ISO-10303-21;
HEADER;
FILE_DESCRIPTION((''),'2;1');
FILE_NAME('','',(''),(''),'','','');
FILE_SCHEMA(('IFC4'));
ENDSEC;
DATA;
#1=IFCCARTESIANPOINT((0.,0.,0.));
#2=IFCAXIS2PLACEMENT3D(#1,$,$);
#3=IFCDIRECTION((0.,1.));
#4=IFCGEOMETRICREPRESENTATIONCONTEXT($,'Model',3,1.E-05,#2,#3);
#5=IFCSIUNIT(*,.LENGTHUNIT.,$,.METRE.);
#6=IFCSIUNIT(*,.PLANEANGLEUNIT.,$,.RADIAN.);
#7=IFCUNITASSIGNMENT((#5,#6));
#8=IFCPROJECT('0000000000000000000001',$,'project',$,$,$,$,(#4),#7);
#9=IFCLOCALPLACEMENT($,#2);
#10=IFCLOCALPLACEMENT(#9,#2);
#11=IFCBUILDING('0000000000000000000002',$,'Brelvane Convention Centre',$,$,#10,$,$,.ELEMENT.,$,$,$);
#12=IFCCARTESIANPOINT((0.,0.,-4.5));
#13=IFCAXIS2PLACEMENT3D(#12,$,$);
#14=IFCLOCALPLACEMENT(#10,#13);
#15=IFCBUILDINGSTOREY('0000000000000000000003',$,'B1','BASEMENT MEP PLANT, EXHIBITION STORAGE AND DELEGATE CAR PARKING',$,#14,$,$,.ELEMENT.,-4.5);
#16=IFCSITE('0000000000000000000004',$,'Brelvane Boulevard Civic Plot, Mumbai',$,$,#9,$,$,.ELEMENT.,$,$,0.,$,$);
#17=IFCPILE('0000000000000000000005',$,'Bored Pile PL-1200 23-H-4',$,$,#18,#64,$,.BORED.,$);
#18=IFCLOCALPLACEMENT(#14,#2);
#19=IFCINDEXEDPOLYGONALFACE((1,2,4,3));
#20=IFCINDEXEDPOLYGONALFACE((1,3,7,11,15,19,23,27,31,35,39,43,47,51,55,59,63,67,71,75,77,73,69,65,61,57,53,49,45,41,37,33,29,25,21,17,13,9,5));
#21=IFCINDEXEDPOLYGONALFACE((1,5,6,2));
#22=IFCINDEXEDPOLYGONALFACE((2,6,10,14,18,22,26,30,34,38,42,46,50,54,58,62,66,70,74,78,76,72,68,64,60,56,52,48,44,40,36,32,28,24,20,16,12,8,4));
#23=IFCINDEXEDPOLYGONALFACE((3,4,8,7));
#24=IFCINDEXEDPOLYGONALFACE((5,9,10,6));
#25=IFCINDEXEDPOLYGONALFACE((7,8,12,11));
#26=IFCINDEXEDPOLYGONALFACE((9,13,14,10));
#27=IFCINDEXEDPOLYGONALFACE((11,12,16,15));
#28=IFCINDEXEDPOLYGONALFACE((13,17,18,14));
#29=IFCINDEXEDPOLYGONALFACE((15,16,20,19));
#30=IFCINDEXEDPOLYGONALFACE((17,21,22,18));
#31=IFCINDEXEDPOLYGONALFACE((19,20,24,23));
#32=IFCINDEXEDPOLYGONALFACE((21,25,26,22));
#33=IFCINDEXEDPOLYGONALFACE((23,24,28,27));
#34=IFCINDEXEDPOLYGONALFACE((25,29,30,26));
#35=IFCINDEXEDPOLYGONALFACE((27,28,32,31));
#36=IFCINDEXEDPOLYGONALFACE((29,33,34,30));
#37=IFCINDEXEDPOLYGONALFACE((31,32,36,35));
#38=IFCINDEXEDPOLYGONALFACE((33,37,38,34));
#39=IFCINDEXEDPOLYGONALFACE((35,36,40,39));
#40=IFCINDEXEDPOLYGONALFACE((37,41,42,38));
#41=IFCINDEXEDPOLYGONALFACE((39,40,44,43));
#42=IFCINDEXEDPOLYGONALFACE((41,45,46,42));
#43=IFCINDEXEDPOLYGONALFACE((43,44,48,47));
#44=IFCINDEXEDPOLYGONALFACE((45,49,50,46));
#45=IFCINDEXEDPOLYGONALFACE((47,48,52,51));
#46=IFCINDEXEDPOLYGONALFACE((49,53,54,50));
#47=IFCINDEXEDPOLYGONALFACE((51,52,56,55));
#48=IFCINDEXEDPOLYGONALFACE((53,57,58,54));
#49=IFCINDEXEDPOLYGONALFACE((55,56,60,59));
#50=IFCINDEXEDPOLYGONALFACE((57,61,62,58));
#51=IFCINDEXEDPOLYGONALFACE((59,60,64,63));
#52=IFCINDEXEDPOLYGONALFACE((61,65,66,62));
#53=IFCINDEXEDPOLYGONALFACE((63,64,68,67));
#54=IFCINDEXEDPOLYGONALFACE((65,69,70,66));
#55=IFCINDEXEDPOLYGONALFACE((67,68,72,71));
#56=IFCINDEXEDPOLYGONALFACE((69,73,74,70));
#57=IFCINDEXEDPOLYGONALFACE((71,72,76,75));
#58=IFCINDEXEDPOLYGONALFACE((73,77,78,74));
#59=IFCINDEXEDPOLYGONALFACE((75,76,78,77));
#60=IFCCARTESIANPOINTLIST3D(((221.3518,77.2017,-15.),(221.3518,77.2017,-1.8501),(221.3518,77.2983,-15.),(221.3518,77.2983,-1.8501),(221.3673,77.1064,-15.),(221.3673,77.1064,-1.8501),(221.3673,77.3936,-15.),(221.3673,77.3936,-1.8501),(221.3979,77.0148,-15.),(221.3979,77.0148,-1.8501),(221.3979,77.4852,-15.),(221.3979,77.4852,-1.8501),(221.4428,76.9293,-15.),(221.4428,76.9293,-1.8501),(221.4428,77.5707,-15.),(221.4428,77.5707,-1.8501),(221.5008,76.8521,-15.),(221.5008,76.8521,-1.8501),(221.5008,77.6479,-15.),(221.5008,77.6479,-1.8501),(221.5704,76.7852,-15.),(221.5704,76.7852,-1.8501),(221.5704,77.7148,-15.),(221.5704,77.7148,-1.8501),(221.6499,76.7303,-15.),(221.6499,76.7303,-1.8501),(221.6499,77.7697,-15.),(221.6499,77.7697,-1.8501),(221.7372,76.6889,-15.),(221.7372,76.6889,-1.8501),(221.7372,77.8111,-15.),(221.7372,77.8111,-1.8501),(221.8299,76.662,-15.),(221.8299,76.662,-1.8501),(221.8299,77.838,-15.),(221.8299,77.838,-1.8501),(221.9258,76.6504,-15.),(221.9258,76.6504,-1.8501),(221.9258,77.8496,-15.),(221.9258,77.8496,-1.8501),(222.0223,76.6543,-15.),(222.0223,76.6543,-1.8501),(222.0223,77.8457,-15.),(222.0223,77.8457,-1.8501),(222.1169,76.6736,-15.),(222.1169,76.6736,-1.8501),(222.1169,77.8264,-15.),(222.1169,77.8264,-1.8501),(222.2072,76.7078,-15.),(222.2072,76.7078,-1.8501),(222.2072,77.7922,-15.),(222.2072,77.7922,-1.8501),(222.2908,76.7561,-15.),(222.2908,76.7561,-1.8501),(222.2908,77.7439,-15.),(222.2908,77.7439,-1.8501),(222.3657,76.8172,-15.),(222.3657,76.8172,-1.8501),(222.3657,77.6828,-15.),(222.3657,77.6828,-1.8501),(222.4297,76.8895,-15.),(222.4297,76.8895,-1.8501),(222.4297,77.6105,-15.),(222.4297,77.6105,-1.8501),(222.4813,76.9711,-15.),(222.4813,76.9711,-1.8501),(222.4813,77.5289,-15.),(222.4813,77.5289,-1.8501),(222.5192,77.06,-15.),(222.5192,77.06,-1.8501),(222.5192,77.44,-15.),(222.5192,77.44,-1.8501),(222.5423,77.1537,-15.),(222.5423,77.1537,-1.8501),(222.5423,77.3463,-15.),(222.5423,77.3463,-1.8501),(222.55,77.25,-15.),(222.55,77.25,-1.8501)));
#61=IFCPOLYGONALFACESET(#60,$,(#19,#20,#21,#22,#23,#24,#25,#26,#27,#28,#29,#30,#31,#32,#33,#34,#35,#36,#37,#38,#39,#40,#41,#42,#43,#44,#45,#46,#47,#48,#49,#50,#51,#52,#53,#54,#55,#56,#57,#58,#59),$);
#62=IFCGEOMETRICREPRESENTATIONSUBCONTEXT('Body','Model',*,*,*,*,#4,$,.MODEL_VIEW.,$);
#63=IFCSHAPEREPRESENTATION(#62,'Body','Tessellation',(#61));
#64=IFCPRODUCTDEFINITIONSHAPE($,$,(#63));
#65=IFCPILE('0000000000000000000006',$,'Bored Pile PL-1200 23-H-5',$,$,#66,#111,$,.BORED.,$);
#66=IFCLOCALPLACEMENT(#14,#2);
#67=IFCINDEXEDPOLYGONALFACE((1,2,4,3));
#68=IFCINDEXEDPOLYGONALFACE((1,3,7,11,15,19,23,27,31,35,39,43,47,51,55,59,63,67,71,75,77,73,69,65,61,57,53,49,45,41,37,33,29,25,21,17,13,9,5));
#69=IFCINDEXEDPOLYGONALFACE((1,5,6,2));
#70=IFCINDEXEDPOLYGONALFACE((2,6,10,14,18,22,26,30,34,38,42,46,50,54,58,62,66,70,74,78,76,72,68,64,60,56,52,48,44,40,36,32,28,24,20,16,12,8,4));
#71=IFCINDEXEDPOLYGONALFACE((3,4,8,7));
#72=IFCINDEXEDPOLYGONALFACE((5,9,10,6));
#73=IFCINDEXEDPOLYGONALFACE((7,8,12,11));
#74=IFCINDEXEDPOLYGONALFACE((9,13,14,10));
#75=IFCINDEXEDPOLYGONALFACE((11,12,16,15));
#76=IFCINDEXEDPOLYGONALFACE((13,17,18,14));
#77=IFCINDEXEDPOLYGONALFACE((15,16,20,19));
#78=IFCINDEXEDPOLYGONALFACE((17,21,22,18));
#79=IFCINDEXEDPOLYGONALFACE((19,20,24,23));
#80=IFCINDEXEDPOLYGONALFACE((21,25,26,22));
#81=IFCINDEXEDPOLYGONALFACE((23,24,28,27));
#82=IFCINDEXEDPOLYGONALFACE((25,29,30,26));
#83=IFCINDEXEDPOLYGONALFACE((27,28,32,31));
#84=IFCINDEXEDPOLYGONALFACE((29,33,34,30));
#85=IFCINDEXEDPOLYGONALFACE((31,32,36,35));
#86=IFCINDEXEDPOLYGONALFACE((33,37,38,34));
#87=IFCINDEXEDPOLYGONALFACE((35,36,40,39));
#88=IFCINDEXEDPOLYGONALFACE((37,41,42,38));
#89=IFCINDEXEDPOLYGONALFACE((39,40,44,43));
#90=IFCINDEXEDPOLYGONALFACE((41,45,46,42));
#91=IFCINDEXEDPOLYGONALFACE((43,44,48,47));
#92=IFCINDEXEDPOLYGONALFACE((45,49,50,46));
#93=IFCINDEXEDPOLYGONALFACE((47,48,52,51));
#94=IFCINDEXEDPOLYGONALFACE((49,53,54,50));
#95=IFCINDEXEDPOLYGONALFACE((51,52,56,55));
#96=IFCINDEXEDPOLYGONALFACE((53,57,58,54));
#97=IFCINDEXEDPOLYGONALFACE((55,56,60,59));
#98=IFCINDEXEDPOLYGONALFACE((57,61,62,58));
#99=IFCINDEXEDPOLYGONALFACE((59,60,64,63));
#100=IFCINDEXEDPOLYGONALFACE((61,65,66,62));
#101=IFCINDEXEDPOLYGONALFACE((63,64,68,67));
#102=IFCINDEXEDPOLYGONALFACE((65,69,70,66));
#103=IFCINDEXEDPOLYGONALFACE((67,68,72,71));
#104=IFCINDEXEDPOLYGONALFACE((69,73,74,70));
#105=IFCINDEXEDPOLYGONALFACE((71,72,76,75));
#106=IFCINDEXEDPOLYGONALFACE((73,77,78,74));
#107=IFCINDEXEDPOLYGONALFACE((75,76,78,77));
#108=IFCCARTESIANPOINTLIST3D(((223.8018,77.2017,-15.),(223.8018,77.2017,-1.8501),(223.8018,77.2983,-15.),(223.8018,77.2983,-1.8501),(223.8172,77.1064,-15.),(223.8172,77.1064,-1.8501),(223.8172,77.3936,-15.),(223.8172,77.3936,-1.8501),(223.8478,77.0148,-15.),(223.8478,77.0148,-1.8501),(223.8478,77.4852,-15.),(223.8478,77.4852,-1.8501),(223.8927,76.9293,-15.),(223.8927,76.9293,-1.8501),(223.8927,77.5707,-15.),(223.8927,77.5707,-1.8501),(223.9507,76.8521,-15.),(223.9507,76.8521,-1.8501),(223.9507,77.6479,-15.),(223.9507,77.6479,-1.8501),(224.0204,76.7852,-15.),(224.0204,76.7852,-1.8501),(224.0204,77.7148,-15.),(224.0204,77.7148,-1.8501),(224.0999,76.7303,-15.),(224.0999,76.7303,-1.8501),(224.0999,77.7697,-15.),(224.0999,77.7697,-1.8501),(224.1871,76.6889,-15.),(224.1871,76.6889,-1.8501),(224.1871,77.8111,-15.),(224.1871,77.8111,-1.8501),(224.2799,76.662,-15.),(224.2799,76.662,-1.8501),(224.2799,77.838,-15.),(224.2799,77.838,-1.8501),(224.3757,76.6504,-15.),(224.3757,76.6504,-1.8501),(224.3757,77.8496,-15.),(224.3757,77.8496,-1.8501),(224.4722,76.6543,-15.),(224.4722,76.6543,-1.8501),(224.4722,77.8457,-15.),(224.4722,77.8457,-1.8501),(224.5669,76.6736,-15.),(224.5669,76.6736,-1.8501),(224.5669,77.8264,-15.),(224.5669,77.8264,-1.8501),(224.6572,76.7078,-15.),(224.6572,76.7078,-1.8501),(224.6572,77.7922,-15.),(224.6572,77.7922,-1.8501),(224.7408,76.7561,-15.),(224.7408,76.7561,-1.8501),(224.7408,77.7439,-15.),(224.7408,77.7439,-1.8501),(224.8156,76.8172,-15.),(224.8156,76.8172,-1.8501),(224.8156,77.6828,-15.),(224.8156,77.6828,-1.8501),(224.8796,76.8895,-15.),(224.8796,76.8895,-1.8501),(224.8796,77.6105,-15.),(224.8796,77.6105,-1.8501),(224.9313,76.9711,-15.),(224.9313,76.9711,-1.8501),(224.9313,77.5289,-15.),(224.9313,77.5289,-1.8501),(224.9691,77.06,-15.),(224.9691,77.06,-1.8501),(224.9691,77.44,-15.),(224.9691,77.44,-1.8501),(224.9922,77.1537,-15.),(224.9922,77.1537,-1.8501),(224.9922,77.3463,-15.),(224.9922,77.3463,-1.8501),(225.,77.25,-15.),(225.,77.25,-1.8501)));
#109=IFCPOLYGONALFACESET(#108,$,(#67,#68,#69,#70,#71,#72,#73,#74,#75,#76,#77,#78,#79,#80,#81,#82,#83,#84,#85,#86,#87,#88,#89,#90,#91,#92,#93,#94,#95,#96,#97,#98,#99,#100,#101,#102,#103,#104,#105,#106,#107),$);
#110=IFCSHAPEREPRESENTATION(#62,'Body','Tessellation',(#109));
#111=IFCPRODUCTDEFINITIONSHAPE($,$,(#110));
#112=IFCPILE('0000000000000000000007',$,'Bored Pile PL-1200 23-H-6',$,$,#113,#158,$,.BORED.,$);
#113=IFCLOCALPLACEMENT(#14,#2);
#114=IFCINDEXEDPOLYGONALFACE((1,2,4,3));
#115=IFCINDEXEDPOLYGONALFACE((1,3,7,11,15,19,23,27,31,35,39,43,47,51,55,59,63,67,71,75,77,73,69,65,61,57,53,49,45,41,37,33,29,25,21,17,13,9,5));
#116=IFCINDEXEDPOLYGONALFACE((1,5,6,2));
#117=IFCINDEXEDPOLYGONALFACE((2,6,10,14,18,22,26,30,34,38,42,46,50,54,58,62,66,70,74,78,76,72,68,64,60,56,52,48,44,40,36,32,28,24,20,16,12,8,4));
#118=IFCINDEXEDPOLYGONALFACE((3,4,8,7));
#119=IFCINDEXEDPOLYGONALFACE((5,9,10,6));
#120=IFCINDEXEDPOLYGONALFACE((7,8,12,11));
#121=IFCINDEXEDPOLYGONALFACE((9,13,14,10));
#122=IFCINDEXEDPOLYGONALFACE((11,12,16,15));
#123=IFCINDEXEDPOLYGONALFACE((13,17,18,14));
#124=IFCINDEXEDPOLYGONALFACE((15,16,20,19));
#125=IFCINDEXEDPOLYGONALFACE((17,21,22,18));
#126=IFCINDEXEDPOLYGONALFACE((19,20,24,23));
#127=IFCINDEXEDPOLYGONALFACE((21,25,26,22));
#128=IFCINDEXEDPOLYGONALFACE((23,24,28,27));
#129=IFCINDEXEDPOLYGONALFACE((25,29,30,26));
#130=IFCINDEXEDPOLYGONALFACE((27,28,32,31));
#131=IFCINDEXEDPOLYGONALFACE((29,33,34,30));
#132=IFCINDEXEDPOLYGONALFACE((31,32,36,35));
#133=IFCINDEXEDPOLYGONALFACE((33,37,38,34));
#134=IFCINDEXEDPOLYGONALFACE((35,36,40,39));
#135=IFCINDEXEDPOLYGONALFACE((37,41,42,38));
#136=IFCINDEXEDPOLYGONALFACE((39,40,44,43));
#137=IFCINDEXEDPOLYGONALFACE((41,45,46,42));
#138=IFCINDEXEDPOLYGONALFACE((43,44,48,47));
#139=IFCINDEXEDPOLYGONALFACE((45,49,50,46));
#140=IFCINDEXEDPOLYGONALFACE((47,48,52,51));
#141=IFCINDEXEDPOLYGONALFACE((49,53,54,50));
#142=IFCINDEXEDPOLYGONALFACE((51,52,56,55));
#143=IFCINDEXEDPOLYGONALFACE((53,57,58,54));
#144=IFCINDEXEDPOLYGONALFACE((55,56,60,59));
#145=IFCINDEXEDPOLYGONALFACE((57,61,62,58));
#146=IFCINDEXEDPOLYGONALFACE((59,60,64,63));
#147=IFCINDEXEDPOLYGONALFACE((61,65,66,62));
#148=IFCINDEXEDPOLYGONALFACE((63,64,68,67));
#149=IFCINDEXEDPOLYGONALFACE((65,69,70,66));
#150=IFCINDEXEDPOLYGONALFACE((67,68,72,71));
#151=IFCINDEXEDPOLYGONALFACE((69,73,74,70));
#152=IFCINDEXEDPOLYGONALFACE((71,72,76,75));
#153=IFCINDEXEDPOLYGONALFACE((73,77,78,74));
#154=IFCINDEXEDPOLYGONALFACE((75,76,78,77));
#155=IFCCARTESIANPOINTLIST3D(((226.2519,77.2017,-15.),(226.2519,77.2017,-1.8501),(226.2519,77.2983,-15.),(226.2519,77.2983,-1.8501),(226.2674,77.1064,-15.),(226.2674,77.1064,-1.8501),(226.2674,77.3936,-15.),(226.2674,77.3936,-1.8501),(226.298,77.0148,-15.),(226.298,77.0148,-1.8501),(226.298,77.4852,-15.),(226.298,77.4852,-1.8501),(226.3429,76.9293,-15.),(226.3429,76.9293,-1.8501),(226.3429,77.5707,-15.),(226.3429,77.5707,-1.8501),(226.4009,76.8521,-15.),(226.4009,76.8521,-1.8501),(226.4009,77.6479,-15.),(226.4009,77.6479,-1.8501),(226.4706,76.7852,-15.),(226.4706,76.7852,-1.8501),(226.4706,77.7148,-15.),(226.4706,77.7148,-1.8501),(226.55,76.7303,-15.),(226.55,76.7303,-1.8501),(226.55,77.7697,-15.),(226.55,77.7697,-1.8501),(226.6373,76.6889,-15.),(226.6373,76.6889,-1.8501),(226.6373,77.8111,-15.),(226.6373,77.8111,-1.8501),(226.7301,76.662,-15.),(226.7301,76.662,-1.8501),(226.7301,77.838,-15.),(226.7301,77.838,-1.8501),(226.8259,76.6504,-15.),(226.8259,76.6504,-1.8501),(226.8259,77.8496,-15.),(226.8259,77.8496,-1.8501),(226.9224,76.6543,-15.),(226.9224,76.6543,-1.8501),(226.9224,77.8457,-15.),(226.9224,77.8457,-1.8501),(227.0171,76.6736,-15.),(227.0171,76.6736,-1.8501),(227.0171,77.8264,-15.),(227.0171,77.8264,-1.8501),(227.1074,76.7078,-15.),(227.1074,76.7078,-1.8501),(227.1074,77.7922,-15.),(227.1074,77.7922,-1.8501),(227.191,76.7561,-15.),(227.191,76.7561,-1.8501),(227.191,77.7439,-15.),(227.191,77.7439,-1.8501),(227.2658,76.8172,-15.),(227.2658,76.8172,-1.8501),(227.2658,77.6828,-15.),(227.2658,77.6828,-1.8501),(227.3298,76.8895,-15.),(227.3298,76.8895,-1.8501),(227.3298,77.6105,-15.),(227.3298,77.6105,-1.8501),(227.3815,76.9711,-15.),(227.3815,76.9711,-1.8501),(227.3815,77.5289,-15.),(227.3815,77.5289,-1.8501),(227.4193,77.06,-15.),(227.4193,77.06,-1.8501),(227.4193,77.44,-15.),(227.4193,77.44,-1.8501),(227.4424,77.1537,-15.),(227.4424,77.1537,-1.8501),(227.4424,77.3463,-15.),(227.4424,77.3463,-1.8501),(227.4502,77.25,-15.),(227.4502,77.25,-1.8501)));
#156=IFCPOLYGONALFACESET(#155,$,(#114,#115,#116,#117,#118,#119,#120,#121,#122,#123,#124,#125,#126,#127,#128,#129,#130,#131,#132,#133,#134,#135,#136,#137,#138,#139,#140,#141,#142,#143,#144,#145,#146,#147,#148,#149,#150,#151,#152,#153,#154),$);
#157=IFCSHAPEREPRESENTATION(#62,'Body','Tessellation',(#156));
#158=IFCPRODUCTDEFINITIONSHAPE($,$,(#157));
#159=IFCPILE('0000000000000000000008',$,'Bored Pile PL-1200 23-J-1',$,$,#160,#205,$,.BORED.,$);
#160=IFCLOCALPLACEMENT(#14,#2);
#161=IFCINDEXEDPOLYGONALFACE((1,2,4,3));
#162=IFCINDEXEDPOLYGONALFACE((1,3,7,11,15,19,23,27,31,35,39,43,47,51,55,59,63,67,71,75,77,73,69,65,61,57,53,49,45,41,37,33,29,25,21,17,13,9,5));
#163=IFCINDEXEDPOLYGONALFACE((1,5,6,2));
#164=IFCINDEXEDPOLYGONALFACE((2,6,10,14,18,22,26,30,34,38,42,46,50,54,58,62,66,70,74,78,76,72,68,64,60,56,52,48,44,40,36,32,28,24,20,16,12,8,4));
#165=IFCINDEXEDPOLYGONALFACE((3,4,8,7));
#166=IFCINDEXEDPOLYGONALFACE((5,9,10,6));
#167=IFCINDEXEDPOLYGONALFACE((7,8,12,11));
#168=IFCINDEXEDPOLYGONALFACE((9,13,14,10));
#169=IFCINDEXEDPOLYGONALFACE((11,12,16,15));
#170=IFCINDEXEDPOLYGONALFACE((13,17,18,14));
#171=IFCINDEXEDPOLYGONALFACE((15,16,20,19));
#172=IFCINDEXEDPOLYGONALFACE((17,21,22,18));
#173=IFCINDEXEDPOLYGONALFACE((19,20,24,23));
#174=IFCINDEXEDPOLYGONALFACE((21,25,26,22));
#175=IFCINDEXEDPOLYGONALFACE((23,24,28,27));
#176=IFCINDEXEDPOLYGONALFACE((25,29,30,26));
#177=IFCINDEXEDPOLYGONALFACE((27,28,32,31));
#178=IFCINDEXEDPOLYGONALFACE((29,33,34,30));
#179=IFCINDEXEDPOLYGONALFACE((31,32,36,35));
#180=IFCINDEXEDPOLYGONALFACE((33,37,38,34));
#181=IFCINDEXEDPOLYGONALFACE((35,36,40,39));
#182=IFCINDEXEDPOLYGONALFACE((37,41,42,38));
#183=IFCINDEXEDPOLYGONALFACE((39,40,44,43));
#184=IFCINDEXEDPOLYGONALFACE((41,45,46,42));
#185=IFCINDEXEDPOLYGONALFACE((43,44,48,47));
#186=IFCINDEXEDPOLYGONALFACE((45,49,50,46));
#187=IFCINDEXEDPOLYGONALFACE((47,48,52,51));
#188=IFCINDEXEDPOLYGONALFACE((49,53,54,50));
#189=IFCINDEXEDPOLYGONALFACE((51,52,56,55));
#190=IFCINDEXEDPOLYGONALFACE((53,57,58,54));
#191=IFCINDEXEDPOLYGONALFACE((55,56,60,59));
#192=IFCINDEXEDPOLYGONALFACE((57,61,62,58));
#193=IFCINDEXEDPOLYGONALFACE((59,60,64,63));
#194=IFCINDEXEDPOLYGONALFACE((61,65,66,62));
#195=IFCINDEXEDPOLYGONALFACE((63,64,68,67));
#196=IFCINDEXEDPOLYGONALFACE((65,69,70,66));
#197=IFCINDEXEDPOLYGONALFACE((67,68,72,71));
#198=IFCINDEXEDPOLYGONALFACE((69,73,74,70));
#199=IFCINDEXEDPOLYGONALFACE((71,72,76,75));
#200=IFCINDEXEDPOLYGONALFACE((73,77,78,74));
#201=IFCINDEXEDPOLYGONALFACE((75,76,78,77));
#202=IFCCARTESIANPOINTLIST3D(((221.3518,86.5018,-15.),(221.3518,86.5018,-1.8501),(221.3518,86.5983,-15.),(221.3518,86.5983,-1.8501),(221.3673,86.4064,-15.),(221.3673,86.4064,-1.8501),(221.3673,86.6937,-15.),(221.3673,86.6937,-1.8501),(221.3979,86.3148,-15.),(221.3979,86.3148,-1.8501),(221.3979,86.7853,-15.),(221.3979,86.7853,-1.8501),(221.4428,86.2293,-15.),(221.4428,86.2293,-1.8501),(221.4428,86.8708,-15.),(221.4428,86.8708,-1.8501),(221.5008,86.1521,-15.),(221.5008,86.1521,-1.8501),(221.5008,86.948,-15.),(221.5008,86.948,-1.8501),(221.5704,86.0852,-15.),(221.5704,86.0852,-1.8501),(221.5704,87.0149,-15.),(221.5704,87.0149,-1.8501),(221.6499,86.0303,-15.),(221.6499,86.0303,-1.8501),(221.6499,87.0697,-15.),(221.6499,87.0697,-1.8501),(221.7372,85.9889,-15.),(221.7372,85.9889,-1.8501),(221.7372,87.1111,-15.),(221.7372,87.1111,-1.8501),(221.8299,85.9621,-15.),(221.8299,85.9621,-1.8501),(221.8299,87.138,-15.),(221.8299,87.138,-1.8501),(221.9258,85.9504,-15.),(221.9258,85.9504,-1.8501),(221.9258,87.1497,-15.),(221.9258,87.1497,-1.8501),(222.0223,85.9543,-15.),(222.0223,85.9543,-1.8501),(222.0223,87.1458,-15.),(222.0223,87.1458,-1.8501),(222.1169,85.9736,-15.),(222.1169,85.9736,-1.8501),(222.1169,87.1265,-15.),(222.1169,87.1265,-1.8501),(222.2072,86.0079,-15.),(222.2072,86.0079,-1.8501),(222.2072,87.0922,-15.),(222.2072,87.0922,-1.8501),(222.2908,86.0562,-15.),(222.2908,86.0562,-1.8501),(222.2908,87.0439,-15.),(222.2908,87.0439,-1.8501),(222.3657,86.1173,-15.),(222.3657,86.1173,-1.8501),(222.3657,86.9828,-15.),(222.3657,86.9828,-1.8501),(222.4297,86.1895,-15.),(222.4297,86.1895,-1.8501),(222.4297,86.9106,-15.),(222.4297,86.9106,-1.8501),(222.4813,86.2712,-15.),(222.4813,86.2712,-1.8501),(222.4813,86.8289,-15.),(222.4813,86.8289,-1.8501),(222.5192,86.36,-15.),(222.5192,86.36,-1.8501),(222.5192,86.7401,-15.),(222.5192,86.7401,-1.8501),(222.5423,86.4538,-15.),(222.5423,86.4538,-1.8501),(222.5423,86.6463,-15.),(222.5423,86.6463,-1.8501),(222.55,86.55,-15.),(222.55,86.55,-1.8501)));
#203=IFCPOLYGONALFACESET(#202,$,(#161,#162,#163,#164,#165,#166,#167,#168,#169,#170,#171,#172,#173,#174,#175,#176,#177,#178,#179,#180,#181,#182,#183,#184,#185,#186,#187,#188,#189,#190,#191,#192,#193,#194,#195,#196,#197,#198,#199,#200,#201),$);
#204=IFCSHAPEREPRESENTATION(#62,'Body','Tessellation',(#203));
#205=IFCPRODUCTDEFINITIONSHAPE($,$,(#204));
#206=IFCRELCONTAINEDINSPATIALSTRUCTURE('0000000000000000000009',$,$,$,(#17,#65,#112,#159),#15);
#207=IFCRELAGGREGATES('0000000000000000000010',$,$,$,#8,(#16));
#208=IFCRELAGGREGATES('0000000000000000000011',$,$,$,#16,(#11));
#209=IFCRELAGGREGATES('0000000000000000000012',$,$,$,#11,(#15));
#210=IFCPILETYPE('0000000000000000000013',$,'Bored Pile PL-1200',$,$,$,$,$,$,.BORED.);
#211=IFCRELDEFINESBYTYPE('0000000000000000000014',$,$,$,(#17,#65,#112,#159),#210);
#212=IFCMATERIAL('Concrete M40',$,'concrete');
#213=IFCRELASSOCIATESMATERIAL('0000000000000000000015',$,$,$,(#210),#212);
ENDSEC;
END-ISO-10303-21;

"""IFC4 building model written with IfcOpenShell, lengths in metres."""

from ifc_helpers import new_model, si_unit, direction, frame, origin, origin_2d, place, context, subcontext, project, spatial, circle, extrude, material, material_profile, profile_set, type_object, element, save


model = new_model("IFC4")

# Units and contexts
model_context = context("Model", 3, precision=1e-05, world=origin(), true_north=direction((0.0, 1.0)))
body_context = subcontext(model_context, "Body", "Model", "MODEL_VIEW")
ifc_project = project(units=[si_unit("LENGTHUNIT", "METRE"), si_unit("PLANEANGLEUNIT", "RADIAN")], contexts=[model_context])

# Site, building, storey
site_placement = place(None, origin())
site = spatial("IfcSite", under=ifc_project, at=site_placement, Name="Brelvane Boulevard Civic Plot, Mumbai", CompositionType="ELEMENT", RefElevation=0.0)
building_placement = place(site_placement, origin())
building = spatial("IfcBuilding", under=site, at=building_placement, Name="Brelvane Convention Centre", CompositionType="ELEMENT")
storey_placement = place(building_placement, frame((0.0, 0.0, -4.5)))
storey = spatial("IfcBuildingStorey", under=building, at=storey_placement, Name="B1", Description="BASEMENT MEP PLANT, EXHIBITION STORAGE AND DELEGATE CAR PARKING", CompositionType="ELEMENT", Elevation=-4.5)

# Piles
ifc_material_1 = material(Name="Concrete M40", Category="concrete")
ifc_material_profile_1 = material_profile(ifc_material_1, circle(Radius=0.6001, at=origin_2d()), Name="PILE D1200")
ifc_profile_set_1 = profile_set([ifc_material_profile_1], Name="Concrete M40")
pile_type_1 = type_object("IfcPileType", Name="Bored Pile PL-1200", PredefinedType="BORED", material=ifc_profile_set_1)
for number, where, z_axis, x_axis, name in (
    (1, (221.95, 77.25, -1.8501), (0.0, 0.0, -1.0), (1.0, 0.0, 0.0), "Bored Pile PL-1200 23-H-4"),
    (2, (224.3999, 77.25, -1.8501), (0.0, 0.0, -1.0), (1.0, 0.0, 0.0), "Bored Pile PL-1200 23-H-5"),
    (3, (226.8501, 77.25, -1.8501), (0.0, 0.0, -1.0), (1.0, 0.0, 0.0), "Bored Pile PL-1200 23-H-6"),
    (4, (221.95, 86.55, -1.8501), (0.0, 0.0, -1.0), (1.0, 0.0, 0.0), "Bored Pile PL-1200 23-J-1"),
):
    element("IfcPile", number, at=place(storey_placement, frame(where, z_axis=z_axis, x_axis=x_axis)), inside=storey, type_object=pile_type_1, Name=name, PredefinedType="BORED", context=body_context, shape_type="SweptSolid", body=[
        extrude(circle(Radius=0.6001, at=origin_2d()), origin(), (0.0, 0.0, 1.0), 13.1499),
    ])

save(model, "model.ifc")
